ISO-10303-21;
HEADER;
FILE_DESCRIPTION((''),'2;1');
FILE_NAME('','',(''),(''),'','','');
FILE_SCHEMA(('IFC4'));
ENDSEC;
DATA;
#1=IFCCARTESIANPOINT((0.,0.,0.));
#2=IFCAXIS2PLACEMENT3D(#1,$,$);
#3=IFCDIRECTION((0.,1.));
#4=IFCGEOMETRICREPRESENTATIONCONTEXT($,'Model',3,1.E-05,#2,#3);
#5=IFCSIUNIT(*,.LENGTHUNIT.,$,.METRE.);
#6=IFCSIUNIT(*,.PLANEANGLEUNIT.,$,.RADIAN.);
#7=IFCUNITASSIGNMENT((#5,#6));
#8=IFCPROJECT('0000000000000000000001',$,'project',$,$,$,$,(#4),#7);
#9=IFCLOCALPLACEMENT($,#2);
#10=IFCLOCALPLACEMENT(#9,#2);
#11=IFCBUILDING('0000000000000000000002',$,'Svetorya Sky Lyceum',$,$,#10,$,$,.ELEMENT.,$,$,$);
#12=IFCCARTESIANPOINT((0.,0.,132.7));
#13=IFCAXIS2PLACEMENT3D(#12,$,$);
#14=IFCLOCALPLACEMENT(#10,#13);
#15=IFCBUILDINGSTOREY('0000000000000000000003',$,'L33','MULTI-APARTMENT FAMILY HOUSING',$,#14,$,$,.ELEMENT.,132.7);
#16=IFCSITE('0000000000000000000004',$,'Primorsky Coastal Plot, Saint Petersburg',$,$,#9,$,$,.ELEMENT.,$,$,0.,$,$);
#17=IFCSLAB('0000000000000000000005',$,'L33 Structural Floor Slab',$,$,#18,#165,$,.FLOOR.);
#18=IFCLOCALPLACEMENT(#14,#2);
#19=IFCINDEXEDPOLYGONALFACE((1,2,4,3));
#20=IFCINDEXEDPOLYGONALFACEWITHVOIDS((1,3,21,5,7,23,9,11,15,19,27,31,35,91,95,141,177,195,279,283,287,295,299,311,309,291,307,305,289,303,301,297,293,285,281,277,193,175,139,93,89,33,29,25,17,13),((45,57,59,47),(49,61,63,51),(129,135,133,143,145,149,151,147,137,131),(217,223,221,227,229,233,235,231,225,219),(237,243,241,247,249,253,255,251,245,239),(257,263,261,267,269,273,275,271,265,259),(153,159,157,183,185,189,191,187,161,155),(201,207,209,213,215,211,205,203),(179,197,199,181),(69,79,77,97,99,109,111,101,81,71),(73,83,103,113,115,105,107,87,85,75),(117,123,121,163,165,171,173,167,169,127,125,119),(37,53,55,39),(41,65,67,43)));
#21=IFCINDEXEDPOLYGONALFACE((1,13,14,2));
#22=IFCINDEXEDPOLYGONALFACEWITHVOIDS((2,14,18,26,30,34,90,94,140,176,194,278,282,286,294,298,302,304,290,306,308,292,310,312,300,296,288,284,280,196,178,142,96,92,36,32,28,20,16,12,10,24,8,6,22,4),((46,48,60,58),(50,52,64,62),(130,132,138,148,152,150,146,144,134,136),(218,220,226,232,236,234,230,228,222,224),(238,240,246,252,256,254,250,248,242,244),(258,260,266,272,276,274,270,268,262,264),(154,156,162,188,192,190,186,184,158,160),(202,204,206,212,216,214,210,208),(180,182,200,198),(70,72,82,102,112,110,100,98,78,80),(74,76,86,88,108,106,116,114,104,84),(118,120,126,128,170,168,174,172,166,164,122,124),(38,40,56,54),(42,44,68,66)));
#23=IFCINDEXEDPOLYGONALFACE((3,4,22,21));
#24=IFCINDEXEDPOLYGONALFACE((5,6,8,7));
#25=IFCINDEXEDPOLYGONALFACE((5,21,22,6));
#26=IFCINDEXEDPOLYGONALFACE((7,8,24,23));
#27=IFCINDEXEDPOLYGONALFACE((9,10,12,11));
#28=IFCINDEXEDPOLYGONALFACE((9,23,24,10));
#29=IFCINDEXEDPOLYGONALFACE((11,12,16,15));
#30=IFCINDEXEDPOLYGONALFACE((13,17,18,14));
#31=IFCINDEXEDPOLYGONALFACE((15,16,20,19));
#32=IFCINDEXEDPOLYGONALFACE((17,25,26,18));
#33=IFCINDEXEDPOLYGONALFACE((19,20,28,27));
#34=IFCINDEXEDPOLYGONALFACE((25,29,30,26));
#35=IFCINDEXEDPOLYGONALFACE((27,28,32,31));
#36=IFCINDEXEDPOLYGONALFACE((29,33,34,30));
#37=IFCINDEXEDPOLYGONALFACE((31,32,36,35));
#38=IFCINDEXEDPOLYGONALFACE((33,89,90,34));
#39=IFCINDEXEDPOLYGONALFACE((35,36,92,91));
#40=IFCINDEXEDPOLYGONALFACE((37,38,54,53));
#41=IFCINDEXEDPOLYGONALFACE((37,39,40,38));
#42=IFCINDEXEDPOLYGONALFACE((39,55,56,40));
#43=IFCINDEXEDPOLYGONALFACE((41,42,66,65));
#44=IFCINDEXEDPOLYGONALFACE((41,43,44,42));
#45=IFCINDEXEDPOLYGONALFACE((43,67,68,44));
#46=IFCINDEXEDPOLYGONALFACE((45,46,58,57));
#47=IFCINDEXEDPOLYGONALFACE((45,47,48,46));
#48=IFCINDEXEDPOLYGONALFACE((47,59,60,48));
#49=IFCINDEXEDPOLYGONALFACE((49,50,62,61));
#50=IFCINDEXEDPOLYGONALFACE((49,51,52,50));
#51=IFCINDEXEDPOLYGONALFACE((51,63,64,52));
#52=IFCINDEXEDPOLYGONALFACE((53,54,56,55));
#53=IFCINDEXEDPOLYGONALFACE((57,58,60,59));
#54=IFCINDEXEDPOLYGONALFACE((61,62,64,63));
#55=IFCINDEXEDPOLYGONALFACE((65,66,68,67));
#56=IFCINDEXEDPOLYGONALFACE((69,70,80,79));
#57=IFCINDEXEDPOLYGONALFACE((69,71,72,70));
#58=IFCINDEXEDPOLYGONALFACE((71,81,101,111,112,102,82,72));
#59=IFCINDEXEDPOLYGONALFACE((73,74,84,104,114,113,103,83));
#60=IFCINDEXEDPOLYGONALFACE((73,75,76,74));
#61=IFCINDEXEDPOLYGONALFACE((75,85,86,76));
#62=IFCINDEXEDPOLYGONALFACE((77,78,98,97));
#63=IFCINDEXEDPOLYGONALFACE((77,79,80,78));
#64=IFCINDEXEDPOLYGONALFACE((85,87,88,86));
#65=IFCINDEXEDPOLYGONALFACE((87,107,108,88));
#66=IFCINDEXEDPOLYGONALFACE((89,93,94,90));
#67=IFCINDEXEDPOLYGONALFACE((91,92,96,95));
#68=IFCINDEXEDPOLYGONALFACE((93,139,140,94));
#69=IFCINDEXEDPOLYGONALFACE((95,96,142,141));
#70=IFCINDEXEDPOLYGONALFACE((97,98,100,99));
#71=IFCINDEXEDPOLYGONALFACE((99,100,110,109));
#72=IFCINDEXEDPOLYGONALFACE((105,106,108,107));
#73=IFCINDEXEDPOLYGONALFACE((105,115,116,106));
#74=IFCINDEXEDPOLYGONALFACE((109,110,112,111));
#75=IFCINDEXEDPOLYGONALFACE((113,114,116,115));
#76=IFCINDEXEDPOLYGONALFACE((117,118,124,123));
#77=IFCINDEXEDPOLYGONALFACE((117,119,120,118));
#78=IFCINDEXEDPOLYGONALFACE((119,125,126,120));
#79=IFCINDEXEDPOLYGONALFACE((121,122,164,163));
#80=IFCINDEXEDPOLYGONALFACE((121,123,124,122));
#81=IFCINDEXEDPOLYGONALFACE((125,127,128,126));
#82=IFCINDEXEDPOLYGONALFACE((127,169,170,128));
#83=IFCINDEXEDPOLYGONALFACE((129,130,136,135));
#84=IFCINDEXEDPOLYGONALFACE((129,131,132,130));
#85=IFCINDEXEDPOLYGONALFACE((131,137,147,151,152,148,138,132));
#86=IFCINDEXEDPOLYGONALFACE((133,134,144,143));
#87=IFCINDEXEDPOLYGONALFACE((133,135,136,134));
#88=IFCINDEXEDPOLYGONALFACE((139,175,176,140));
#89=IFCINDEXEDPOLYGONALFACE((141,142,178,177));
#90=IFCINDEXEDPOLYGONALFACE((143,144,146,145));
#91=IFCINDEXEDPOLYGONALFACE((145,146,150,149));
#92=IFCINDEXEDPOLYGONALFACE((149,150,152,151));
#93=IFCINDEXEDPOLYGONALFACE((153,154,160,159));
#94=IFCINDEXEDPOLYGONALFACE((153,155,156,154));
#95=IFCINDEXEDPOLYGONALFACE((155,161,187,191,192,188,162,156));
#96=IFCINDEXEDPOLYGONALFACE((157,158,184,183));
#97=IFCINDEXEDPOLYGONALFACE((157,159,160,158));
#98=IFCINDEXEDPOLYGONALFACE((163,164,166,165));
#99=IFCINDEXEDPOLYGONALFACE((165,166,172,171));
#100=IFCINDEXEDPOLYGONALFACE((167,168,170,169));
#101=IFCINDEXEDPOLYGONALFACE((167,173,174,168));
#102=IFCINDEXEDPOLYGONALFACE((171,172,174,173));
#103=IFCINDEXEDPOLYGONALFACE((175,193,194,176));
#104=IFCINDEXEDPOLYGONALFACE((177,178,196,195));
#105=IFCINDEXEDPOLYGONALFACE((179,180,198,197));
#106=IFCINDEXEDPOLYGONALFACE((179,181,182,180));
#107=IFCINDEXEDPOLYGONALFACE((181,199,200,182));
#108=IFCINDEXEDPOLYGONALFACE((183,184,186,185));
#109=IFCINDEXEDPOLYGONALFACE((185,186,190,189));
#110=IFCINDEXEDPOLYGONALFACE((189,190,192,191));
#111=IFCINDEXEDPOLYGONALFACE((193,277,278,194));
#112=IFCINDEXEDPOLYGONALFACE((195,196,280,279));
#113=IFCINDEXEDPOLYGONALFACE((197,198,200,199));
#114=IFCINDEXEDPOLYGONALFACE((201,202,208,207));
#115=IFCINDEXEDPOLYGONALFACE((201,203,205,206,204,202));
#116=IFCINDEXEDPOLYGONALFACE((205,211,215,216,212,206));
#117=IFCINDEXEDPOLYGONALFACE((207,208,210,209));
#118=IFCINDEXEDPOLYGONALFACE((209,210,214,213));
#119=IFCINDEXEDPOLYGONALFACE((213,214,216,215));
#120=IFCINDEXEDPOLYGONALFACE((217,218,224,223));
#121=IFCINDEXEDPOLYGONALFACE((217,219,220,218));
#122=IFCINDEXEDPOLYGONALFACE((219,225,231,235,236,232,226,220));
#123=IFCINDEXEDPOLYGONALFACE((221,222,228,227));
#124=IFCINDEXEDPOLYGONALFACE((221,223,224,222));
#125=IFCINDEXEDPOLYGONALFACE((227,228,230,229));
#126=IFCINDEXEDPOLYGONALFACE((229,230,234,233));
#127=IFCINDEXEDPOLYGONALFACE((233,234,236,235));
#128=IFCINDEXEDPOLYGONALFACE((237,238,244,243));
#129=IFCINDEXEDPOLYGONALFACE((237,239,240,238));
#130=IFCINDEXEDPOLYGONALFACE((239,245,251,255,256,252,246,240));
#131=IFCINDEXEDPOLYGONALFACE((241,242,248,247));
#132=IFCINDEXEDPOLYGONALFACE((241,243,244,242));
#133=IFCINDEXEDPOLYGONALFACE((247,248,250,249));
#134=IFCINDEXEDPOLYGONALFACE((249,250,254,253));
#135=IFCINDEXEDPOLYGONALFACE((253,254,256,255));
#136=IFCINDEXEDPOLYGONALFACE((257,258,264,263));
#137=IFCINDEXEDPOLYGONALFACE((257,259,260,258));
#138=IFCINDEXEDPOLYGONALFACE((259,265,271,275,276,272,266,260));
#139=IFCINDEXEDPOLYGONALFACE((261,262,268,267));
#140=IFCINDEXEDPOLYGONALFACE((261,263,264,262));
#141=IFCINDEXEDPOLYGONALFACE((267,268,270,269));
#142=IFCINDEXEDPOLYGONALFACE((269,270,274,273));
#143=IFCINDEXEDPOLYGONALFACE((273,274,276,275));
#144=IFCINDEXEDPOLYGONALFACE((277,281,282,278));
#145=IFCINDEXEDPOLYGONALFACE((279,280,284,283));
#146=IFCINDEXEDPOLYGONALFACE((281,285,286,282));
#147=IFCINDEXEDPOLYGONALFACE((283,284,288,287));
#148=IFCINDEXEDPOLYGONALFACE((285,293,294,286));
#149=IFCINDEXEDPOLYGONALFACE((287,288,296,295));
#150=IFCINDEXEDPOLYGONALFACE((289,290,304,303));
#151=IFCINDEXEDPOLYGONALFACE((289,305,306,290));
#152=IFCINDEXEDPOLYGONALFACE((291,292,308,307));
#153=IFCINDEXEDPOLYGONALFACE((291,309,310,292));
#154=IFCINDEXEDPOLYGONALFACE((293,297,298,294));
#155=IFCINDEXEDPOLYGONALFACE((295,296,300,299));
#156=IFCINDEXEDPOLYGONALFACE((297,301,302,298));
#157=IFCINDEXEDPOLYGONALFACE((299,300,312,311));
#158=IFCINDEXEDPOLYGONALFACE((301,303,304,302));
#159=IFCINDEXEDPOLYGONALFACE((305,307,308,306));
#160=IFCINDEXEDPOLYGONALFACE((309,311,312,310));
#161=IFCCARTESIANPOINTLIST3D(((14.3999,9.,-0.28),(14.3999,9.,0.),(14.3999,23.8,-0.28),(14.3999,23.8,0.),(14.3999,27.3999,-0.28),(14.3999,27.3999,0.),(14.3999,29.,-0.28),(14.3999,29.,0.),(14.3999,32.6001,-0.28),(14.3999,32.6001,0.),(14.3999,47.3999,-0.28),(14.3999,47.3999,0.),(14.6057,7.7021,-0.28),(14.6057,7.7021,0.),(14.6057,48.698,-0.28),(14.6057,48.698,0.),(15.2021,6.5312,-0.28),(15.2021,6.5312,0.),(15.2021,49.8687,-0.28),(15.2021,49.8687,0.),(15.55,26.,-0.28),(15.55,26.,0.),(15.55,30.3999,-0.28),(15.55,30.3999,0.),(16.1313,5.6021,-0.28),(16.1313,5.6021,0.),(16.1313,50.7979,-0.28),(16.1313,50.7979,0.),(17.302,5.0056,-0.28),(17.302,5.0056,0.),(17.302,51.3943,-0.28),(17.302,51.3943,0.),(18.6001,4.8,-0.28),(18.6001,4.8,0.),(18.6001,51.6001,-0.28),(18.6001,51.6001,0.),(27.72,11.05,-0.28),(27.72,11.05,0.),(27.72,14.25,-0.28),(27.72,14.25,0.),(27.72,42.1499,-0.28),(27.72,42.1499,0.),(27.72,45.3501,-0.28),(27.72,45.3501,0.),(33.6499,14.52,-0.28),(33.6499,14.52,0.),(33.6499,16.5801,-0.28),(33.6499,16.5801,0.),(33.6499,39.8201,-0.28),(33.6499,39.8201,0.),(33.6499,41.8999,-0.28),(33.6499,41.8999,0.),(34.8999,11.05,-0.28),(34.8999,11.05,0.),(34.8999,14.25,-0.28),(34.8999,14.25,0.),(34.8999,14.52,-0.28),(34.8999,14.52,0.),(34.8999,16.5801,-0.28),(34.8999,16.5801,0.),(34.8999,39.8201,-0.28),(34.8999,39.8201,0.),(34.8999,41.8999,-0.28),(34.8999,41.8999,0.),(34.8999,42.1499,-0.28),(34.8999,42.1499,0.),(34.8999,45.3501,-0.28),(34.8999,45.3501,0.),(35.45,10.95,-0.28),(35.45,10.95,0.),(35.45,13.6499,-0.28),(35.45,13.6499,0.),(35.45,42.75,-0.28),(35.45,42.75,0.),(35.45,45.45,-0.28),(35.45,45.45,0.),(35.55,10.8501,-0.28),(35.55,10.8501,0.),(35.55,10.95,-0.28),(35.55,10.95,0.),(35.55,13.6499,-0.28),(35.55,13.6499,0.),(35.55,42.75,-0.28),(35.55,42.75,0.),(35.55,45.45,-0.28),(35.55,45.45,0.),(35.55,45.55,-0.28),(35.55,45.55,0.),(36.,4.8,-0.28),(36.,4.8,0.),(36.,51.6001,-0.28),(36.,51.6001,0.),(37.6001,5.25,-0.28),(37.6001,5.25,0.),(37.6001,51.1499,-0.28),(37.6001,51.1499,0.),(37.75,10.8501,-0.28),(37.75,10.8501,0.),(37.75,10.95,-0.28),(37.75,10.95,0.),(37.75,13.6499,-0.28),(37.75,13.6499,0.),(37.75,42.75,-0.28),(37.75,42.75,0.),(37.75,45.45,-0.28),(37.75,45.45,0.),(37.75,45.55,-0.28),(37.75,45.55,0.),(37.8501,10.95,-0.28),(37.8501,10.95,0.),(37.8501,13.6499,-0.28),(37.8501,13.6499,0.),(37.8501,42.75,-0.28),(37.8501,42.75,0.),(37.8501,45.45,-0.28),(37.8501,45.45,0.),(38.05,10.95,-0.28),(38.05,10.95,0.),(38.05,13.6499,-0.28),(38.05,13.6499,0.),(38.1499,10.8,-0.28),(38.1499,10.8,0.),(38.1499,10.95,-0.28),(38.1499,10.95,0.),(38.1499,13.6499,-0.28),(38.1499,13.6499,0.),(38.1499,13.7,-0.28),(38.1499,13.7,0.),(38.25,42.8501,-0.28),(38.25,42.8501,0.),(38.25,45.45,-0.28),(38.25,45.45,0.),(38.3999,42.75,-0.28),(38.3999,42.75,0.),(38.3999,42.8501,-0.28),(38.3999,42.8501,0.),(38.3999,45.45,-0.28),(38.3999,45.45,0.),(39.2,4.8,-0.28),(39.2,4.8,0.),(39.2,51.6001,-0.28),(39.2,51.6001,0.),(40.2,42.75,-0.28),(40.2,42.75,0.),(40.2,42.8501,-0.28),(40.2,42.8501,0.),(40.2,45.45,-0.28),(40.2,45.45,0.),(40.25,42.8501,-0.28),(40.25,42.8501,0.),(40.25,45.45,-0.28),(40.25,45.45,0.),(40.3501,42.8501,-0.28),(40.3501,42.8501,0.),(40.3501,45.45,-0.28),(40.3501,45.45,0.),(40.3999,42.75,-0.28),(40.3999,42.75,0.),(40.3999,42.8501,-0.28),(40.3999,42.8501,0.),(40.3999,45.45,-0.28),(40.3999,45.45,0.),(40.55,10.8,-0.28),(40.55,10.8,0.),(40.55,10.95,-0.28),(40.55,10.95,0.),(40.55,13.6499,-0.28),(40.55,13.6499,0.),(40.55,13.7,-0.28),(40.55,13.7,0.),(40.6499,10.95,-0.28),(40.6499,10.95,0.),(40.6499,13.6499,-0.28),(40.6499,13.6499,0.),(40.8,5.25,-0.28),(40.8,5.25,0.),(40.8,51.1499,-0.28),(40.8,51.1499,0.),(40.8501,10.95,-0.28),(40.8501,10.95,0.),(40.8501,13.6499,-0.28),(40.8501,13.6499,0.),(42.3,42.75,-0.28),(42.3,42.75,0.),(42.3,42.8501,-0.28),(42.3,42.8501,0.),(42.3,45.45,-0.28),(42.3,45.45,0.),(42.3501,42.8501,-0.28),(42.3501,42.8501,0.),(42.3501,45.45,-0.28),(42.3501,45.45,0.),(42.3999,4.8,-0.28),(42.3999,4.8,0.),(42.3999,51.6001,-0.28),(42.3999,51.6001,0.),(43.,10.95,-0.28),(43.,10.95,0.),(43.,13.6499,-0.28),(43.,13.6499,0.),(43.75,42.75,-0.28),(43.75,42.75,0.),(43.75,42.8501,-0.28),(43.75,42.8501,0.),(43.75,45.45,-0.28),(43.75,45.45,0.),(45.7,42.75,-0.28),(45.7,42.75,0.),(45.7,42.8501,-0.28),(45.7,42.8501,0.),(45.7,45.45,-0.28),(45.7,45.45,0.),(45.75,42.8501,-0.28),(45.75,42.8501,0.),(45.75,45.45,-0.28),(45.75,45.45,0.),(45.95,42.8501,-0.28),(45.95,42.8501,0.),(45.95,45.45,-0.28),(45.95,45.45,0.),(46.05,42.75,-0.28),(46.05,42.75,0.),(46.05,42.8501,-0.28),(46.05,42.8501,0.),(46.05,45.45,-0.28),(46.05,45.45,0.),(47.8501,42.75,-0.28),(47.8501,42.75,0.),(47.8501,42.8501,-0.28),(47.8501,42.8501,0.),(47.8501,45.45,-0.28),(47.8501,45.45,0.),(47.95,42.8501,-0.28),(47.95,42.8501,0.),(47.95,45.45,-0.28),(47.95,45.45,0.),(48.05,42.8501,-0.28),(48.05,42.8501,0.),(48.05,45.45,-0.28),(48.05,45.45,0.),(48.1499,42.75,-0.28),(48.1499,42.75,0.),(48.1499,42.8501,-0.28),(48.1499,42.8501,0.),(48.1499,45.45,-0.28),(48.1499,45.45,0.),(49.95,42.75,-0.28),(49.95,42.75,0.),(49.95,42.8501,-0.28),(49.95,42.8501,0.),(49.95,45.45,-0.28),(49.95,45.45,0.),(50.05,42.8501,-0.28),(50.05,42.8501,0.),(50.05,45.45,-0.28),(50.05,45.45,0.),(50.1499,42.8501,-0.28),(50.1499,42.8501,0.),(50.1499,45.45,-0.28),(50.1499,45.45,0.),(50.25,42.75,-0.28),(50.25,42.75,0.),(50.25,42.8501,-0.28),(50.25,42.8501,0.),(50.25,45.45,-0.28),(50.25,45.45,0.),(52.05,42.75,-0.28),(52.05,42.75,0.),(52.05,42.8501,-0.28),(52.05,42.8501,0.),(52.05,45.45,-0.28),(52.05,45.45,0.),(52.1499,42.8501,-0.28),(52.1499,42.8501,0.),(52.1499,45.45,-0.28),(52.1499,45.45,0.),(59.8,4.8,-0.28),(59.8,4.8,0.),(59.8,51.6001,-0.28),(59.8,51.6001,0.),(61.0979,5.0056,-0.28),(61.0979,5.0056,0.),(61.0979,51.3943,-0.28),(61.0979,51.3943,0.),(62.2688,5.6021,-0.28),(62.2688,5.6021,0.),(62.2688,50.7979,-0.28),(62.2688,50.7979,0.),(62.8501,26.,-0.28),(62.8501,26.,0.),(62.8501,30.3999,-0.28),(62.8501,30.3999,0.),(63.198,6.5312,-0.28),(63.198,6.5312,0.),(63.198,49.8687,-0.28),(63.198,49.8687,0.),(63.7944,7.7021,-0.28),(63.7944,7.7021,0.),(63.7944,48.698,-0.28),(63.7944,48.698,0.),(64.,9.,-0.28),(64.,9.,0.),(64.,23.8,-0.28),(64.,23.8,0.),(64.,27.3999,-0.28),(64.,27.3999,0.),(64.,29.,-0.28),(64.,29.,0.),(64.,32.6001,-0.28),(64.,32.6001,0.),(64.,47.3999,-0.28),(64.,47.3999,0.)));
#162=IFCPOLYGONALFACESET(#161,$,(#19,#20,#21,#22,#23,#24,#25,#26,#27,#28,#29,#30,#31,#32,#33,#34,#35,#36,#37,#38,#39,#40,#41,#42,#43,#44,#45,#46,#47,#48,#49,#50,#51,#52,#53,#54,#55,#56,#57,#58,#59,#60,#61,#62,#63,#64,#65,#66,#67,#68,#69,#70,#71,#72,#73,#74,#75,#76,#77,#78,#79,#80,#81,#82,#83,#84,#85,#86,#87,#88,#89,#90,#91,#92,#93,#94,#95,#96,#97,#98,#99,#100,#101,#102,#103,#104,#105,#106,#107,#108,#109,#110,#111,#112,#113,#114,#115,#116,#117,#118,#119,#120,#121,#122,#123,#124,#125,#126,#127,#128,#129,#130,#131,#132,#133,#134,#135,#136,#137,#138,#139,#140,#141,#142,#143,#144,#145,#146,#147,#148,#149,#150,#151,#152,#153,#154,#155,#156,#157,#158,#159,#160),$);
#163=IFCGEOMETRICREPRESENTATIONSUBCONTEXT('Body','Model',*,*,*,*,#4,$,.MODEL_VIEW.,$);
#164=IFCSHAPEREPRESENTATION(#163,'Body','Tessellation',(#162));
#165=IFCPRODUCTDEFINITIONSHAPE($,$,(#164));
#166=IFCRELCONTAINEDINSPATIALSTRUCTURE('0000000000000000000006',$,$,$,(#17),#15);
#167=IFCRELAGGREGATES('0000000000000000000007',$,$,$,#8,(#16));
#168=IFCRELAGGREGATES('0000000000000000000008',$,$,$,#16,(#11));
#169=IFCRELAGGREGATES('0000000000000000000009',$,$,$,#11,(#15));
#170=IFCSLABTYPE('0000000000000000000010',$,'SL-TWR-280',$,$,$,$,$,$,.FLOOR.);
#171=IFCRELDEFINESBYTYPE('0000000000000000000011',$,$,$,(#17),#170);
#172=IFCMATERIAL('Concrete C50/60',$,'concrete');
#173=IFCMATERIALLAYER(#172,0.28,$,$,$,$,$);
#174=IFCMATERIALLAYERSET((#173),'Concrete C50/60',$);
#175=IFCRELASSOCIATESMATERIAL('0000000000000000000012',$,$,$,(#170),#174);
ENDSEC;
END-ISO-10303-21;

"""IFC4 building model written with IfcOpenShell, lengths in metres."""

from ifc_helpers import new_model, si_unit, direction, frame, origin, place, context, subcontext, project, spatial, polyline, outline, extrude, material, layer, layer_set, type_object, element, save


model = new_model("IFC4")

# Units and contexts
model_context = context("Model", 3, precision=1e-05, world=origin(), true_north=direction((0.0, 1.0)))
body_context = subcontext(model_context, "Body", "Model", "MODEL_VIEW")
ifc_project = project(units=[si_unit("LENGTHUNIT", "METRE"), si_unit("PLANEANGLEUNIT", "RADIAN")], contexts=[model_context])

# Site, building, storey
site_placement = place(None, origin())
site = spatial("IfcSite", under=ifc_project, at=site_placement, Name="Primorsky Coastal Plot, Saint Petersburg", CompositionType="ELEMENT", RefElevation=0.0)
building_placement = place(site_placement, origin())
building = spatial("IfcBuilding", under=site, at=building_placement, Name="Svetorya Sky Lyceum", CompositionType="ELEMENT")
storey_placement = place(building_placement, frame((0.0, 0.0, 132.7)))
storey = spatial("IfcBuildingStorey", under=building, at=storey_placement, Name="L33", Description="MULTI-APARTMENT FAMILY HOUSING", CompositionType="ELEMENT", Elevation=132.7)

# Shared definitions
ifc_material_1 = material(Name="Concrete C50/60", Category="concrete")

# Slab
ifc_layer_1 = layer(ifc_material_1, 0.28)
ifc_layer_set_1 = layer_set([ifc_layer_1], Name="Concrete C50/60")
slab_type_1 = type_object("IfcSlabType", Name="SL-TWR-280", PredefinedType="FLOOR", material=ifc_layer_set_1)
slab_1_placement = place(storey_placement, frame((0.0, 0.0, -0.28)))
element("IfcSlab", 1, at=slab_1_placement, inside=storey, type_object=slab_type_1, Name="L33 Structural Floor Slab", PredefinedType="FLOOR", context=body_context, shape_type="SweptSolid", body=[
    extrude(outline(polyline([(14.3999, 9.0), (14.6057, 7.7021), (15.2021, 6.5312), (16.1313, 5.6021), (17.302, 5.0056), (18.6001, 4.8), (36.0, 4.8), (37.6001, 5.25), (39.2, 4.8), (40.8, 5.25), (42.3999, 4.8), (59.8, 4.8), (61.0979, 5.0056), (62.2688, 5.6021), (63.198, 6.5312), (63.7944, 7.7021), (64.0, 9.0), (64.0, 23.8), (62.8501, 26.0), (64.0, 27.3999), (64.0, 29.0), (62.8501, 30.3999), (64.0, 32.6001), (64.0, 47.3999), (63.7944, 48.698), (63.198, 49.8687), (62.2688, 50.7979), (61.0979, 51.3943), (59.8, 51.6001), (42.3999, 51.6001), (40.8, 51.1499), (39.2, 51.6001), (37.6001, 51.1499), (36.0, 51.6001), (18.6001, 51.6001), (17.302, 51.3943), (16.1313, 50.7979), (15.2021, 49.8687), (14.6057, 48.698), (14.3999, 47.3999), (14.3999, 32.6001), (15.55, 30.3999), (14.3999, 29.0), (14.3999, 27.3999), (15.55, 26.0), (14.3999, 23.8), (14.3999, 9.0)]), holes=[polyline([(37.8501, 10.95), (37.75, 10.95), (37.75, 10.8501), (35.55, 10.8501), (35.55, 10.95), (35.45, 10.95), (35.45, 13.6499), (35.55, 13.6499), (37.75, 13.6499), (37.8501, 13.6499), (37.8501, 10.95)]), polyline([(40.6499, 13.6499), (40.6499, 10.95), (40.55, 10.95), (40.55, 10.8), (38.1499, 10.8), (38.1499, 10.95), (38.05, 10.95), (38.05, 13.6499), (38.1499, 13.6499), (38.1499, 13.7), (40.55, 13.7), (40.55, 13.6499), (40.6499, 13.6499)]), polyline([(27.72, 14.25), (34.8999, 14.25), (34.8999, 11.05), (27.72, 11.05), (27.72, 14.25)]), polyline([(33.6499, 14.52), (33.6499, 16.5801), (34.8999, 16.5801), (34.8999, 14.52), (33.6499, 14.52)]), polyline([(33.6499, 41.8999), (34.8999, 41.8999), (34.8999, 39.8201), (33.6499, 39.8201), (33.6499, 41.8999)]), polyline([(27.72, 45.3501), (34.8999, 45.3501), (34.8999, 42.1499), (27.72, 42.1499), (27.72, 45.3501)]), polyline([(37.75, 45.55), (37.75, 45.45), (37.8501, 45.45), (37.8501, 42.75), (37.75, 42.75), (35.55, 42.75), (35.45, 42.75), (35.45, 45.45), (35.55, 45.45), (35.55, 45.55), (37.75, 45.55)]), polyline([(38.3999, 42.8501), (38.25, 42.8501), (38.25, 45.45), (38.3999, 45.45), (40.2, 45.45), (40.25, 45.45), (40.25, 42.8501), (40.2, 42.8501), (40.2, 42.75), (38.3999, 42.75), (38.3999, 42.8501)]), polyline([(40.8501, 13.6499), (43.0, 13.6499), (43.0, 10.95), (40.8501, 10.95), (40.8501, 13.6499)]), polyline([(40.3999, 42.8501), (40.3501, 42.8501), (40.3501, 45.45), (40.3999, 45.45), (42.3, 45.45), (42.3501, 45.45), (42.3501, 42.8501), (42.3, 42.8501), (42.3, 42.75), (40.3999, 42.75), (40.3999, 42.8501)]), polyline([(43.75, 42.75), (43.75, 42.8501), (43.75, 45.45), (45.7, 45.45), (45.75, 45.45), (45.75, 42.8501), (45.7, 42.8501), (45.7, 42.75), (43.75, 42.75)]), polyline([(46.05, 42.8501), (45.95, 42.8501), (45.95, 45.45), (46.05, 45.45), (47.8501, 45.45), (47.95, 45.45), (47.95, 42.8501), (47.8501, 42.8501), (47.8501, 42.75), (46.05, 42.75), (46.05, 42.8501)]), polyline([(48.1499, 42.8501), (48.05, 42.8501), (48.05, 45.45), (48.1499, 45.45), (49.95, 45.45), (50.05, 45.45), (50.05, 42.8501), (49.95, 42.8501), (49.95, 42.75), (48.1499, 42.75), (48.1499, 42.8501)]), polyline([(52.1499, 42.8501), (52.05, 42.8501), (52.05, 42.75), (50.25, 42.75), (50.25, 42.8501), (50.1499, 42.8501), (50.1499, 45.45), (50.25, 45.45), (52.05, 45.45), (52.1499, 45.45), (52.1499, 42.8501)])]), origin(), (0.0, 0.0, 1.0), 0.28),
])

save(model, "model.ifc")
